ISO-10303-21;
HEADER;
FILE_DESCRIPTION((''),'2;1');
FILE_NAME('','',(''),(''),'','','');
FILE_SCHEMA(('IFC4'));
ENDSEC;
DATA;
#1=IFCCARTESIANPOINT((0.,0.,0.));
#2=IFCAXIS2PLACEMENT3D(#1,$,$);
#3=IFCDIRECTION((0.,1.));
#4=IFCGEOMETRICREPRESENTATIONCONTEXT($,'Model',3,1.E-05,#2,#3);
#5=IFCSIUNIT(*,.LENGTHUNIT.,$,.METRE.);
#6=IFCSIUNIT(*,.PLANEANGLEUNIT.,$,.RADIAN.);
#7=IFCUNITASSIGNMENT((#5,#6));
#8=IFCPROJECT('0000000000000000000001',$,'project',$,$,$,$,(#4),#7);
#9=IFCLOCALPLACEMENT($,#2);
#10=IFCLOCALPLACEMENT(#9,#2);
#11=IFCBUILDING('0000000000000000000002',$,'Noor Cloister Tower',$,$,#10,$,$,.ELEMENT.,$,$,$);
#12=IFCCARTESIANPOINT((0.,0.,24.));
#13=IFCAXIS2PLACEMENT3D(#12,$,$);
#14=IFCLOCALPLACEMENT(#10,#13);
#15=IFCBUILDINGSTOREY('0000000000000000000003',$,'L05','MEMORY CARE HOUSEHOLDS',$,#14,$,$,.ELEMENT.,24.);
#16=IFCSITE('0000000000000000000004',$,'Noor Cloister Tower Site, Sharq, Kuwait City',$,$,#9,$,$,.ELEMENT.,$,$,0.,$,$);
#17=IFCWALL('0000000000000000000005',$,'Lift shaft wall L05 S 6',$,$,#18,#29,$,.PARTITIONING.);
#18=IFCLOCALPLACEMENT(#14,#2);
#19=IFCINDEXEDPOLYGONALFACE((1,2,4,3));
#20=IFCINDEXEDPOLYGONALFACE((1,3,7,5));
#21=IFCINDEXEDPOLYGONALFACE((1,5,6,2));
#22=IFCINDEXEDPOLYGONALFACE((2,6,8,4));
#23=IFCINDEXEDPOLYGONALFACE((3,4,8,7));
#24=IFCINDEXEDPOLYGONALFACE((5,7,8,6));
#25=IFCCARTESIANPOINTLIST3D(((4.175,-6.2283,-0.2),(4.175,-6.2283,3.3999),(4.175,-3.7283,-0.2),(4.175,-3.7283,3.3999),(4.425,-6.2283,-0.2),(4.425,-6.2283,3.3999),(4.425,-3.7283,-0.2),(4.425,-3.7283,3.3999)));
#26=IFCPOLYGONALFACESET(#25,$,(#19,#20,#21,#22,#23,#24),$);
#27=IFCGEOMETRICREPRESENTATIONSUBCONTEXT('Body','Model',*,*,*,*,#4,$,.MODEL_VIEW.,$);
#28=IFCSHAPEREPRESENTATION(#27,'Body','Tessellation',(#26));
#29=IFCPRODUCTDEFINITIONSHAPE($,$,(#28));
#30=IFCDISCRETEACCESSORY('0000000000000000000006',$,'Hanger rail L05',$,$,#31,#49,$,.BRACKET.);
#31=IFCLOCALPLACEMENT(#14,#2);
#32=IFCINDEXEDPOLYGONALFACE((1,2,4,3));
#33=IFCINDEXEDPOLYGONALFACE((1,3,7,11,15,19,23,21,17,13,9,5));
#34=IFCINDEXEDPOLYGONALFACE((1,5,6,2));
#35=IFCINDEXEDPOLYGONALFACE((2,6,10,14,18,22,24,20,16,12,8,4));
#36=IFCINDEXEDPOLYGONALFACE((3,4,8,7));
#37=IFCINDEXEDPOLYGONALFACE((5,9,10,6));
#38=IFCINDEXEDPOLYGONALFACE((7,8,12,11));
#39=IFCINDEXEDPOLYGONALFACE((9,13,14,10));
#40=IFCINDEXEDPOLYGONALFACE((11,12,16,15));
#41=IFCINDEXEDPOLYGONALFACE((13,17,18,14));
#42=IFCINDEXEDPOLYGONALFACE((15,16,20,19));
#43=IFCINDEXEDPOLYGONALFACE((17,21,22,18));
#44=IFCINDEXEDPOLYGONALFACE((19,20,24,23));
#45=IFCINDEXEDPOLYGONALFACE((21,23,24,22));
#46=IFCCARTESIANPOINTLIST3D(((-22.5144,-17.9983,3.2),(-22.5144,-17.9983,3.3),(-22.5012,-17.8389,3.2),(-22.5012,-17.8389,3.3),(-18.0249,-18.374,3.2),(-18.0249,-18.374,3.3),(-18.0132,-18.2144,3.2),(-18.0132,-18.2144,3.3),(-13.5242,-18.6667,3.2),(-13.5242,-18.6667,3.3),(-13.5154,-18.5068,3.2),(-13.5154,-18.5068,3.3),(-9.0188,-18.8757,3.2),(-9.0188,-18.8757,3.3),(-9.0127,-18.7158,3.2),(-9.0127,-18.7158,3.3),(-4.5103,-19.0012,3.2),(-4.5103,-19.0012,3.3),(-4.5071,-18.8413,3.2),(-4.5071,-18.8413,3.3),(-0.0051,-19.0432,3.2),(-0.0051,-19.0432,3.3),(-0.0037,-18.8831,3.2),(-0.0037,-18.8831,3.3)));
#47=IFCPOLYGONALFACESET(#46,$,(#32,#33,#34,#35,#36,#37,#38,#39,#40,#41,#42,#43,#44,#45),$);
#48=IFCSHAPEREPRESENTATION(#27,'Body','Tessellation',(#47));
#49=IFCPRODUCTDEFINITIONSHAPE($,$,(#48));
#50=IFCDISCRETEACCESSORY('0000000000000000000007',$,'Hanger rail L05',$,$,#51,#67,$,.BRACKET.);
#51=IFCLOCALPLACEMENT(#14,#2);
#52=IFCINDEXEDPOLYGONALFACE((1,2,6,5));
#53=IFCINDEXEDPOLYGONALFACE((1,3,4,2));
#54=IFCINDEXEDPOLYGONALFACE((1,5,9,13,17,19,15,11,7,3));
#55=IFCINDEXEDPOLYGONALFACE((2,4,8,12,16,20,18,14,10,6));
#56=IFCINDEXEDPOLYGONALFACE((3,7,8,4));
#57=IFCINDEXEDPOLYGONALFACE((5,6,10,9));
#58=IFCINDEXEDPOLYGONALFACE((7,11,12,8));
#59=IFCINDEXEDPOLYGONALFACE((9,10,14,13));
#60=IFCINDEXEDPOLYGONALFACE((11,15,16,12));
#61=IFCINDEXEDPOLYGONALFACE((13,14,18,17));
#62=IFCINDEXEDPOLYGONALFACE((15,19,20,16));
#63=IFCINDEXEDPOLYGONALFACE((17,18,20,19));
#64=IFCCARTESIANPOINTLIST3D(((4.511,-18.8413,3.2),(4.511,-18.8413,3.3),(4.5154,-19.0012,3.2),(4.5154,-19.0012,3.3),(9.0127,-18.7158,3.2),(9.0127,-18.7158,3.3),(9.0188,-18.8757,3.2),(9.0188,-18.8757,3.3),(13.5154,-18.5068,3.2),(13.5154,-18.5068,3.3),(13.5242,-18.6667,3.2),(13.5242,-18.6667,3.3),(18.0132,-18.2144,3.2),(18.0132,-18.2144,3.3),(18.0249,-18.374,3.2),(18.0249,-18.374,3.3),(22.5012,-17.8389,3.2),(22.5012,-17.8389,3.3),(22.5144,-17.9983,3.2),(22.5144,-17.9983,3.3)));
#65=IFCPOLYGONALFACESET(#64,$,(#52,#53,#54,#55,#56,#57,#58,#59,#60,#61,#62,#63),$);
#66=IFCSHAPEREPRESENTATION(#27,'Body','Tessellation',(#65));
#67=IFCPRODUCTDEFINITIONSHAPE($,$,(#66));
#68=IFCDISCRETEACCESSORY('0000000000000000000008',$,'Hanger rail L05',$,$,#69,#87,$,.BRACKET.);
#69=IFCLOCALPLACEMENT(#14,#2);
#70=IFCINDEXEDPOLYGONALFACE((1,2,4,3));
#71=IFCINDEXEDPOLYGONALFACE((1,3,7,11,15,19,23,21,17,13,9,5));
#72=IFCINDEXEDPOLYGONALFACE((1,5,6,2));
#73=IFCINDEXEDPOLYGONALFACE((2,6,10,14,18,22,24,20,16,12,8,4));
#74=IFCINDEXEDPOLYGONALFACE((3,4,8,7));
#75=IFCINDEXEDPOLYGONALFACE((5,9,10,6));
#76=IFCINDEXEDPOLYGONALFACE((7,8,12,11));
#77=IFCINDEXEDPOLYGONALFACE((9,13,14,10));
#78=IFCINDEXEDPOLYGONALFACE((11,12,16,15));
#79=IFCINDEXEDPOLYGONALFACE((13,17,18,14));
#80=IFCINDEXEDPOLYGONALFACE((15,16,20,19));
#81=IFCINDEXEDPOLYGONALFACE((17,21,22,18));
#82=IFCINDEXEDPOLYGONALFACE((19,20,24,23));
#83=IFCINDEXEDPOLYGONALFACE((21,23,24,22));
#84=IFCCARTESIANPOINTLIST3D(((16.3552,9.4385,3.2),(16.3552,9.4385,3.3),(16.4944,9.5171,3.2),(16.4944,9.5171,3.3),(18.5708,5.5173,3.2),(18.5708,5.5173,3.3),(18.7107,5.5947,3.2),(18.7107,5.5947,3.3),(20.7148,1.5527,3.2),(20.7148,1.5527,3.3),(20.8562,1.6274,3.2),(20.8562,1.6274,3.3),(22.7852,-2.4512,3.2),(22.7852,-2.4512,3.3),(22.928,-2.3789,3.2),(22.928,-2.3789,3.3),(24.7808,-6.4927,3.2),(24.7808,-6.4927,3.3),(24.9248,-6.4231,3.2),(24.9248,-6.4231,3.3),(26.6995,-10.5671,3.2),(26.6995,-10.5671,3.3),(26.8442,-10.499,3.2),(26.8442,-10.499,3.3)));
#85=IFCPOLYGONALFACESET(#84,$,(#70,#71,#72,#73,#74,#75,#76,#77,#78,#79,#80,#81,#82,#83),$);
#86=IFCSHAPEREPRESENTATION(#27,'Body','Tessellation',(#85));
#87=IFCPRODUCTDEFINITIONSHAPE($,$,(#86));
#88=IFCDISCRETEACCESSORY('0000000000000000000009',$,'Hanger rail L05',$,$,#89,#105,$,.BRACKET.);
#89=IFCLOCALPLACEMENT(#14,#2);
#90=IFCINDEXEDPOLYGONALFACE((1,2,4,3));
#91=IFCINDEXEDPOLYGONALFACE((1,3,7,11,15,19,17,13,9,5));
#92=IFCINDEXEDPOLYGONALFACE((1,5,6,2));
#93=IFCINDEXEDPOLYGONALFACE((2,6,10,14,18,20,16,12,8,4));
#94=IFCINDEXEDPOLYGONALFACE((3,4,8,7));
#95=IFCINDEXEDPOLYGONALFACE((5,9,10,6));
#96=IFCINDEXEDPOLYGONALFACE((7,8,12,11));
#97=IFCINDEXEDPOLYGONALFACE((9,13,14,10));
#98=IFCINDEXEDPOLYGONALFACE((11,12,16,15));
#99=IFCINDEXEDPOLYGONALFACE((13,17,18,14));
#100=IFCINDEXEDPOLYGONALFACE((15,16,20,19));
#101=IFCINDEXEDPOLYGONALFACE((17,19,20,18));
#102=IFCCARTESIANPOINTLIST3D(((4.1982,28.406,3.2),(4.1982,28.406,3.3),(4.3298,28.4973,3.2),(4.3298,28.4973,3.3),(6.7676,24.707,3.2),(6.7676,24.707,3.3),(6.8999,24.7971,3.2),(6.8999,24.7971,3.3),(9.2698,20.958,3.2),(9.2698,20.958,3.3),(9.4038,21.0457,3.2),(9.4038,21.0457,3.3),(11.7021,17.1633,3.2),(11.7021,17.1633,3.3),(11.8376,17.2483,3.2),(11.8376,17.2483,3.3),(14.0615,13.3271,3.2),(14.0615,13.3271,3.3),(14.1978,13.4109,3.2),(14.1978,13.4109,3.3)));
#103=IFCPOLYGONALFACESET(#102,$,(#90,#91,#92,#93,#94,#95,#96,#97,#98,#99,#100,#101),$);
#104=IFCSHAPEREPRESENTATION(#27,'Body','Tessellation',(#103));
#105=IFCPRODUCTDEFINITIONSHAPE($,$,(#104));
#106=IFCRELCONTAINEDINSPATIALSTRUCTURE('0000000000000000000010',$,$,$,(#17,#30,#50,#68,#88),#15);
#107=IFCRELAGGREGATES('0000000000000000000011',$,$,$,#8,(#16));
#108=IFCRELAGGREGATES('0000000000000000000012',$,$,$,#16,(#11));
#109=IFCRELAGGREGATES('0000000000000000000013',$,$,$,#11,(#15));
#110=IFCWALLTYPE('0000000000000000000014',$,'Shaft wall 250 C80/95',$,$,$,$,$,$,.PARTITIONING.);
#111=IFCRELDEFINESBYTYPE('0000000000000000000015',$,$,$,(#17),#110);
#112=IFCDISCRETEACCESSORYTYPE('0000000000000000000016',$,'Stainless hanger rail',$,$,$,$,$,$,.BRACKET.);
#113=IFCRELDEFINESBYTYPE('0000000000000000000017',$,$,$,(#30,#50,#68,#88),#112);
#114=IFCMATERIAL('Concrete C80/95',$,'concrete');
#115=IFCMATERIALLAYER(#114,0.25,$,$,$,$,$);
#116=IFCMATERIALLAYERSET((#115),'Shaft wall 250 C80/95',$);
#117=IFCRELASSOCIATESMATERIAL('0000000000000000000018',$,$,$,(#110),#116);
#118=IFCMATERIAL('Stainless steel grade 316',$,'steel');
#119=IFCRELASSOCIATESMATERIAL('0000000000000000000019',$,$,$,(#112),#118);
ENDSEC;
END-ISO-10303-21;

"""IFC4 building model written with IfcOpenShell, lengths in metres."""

from ifc_helpers import new_model, si_unit, direction, frame, frame_2d, origin, place, context, subcontext, project, spatial, polyline, rectangle, outline, extrude, material, layer, layer_set, type_object, element, save


model = new_model("IFC4")

# Units and contexts
model_context = context("Model", 3, precision=1e-05, world=origin(), true_north=direction((0.0, 1.0)))
body_context = subcontext(model_context, "Body", "Model", "MODEL_VIEW")
ifc_project = project(units=[si_unit("LENGTHUNIT", "METRE"), si_unit("PLANEANGLEUNIT", "RADIAN")], contexts=[model_context])

# Site, building, storey
site_placement = place(None, origin())
site = spatial("IfcSite", under=ifc_project, at=site_placement, Name="Noor Cloister Tower Site, Sharq, Kuwait City", CompositionType="ELEMENT", RefElevation=0.0)
building_placement = place(site_placement, origin())
building = spatial("IfcBuilding", under=site, at=building_placement, Name="Noor Cloister Tower", CompositionType="ELEMENT")
storey_placement = place(building_placement, frame((0.0, 0.0, 24.0)))
storey = spatial("IfcBuildingStorey", under=building, at=storey_placement, Name="L05", Description="MEMORY CARE HOUSEHOLDS", CompositionType="ELEMENT", Elevation=24.0)

# Wall
ifc_material_1 = material(Name="Concrete C80/95", Category="concrete")
ifc_layer_1 = layer(ifc_material_1, 0.25)
ifc_layer_set_1 = layer_set([ifc_layer_1], Name="Shaft wall 250 C80/95")
wall_type_1 = type_object("IfcWallType", Name="Shaft wall 250 C80/95", PredefinedType="PARTITIONING", material=ifc_layer_set_1)
for number, where, z_axis, x_axis, name in (
    (1, (4.3, -6.2283, -0.2), (0.0, 0.0, 1.0), (0.0, 1.0, 0.0), "Lift shaft wall L05 S 6"),
):
    element("IfcWall", number, at=place(storey_placement, frame(where, z_axis=z_axis, x_axis=x_axis)), inside=storey, type_object=wall_type_1, Name=name, PredefinedType="PARTITIONING", context=body_context, shape_type="SweptSolid", body=[
        extrude(rectangle(XDim=2.5, YDim=0.25, at=frame_2d((1.25, 0.0))), origin(), (0.0, 0.0, 1.0), 3.5999),
    ])

# Discrete accessories
ifc_material_2 = material(Name="Stainless steel grade 316", Category="steel")
discrete_accessory_type = type_object("IfcDiscreteAccessoryType", Name="Stainless hanger rail", PredefinedType="BRACKET", material=ifc_material_2)
discrete_accessory_1_placement = place(storey_placement, frame((0.0, 0.0, 3.2)))
element("IfcDiscreteAccessory", 2, at=discrete_accessory_1_placement, inside=storey, type_object=discrete_accessory_type, Name="Hanger rail L05", PredefinedType="BRACKET", context=body_context, shape_type="SweptSolid", body=[
    extrude(outline(polyline([(-22.5144, -17.9983), (-18.0249, -18.374), (-13.5242, -18.6667), (-9.0188, -18.8757), (-4.5103, -19.0012), (-0.0051, -19.0432), (-0.0037, -18.8831), (-4.5071, -18.8413), (-9.0127, -18.7158), (-13.5154, -18.5068), (-18.0132, -18.2144), (-22.5012, -17.8389), (-22.5144, -17.9983)])), origin(), (0.0, 0.0, 1.0), 0.1001),
])
discrete_accessory_2_placement = place(storey_placement, frame((0.0, 0.0, 3.2)))
element("IfcDiscreteAccessory", 3, at=discrete_accessory_2_placement, inside=storey, type_object=discrete_accessory_type, Name="Hanger rail L05", PredefinedType="BRACKET", context=body_context, shape_type="SweptSolid", body=[
    extrude(outline(polyline([(4.5154, -19.0012), (9.0188, -18.8757), (13.5242, -18.6667), (18.0249, -18.374), (22.5144, -17.9983), (22.5012, -17.8389), (18.0132, -18.2144), (13.5154, -18.5068), (9.0127, -18.7158), (4.511, -18.8413), (4.5154, -19.0012)])), origin(), (0.0, 0.0, 1.0), 0.1001),
])
discrete_accessory_3_placement = place(storey_placement, frame((0.0, 0.0, 3.2)))
element("IfcDiscreteAccessory", 4, at=discrete_accessory_3_placement, inside=storey, type_object=discrete_accessory_type, Name="Hanger rail L05", PredefinedType="BRACKET", context=body_context, shape_type="SweptSolid", body=[
    extrude(outline(polyline([(26.8442, -10.499), (24.9248, -6.4231), (22.928, -2.3789), (20.8562, 1.6274), (18.7107, 5.5947), (16.4944, 9.5171), (16.3552, 9.4385), (18.5708, 5.5173), (20.7148, 1.5527), (22.7852, -2.4512), (24.7808, -6.4927), (26.6995, -10.5671), (26.8442, -10.499)])), origin(), (0.0, 0.0, 1.0), 0.1001),
])
discrete_accessory_4_placement = place(storey_placement, frame((0.0, 0.0, 3.2)))
element("IfcDiscreteAccessory", 5, at=discrete_accessory_4_placement, inside=storey, type_object=discrete_accessory_type, Name="Hanger rail L05", PredefinedType="BRACKET", context=body_context, shape_type="SweptSolid", body=[
    extrude(outline(polyline([(14.1978, 13.4109), (11.8376, 17.2483), (9.4038, 21.0457), (6.8999, 24.7971), (4.3298, 28.4973), (4.1982, 28.406), (6.7676, 24.707), (9.2698, 20.958), (11.7021, 17.1633), (14.0615, 13.3271), (14.1978, 13.4109)])), origin(), (0.0, 0.0, 1.0), 0.1001),
])

save(model, "model.ifc")
